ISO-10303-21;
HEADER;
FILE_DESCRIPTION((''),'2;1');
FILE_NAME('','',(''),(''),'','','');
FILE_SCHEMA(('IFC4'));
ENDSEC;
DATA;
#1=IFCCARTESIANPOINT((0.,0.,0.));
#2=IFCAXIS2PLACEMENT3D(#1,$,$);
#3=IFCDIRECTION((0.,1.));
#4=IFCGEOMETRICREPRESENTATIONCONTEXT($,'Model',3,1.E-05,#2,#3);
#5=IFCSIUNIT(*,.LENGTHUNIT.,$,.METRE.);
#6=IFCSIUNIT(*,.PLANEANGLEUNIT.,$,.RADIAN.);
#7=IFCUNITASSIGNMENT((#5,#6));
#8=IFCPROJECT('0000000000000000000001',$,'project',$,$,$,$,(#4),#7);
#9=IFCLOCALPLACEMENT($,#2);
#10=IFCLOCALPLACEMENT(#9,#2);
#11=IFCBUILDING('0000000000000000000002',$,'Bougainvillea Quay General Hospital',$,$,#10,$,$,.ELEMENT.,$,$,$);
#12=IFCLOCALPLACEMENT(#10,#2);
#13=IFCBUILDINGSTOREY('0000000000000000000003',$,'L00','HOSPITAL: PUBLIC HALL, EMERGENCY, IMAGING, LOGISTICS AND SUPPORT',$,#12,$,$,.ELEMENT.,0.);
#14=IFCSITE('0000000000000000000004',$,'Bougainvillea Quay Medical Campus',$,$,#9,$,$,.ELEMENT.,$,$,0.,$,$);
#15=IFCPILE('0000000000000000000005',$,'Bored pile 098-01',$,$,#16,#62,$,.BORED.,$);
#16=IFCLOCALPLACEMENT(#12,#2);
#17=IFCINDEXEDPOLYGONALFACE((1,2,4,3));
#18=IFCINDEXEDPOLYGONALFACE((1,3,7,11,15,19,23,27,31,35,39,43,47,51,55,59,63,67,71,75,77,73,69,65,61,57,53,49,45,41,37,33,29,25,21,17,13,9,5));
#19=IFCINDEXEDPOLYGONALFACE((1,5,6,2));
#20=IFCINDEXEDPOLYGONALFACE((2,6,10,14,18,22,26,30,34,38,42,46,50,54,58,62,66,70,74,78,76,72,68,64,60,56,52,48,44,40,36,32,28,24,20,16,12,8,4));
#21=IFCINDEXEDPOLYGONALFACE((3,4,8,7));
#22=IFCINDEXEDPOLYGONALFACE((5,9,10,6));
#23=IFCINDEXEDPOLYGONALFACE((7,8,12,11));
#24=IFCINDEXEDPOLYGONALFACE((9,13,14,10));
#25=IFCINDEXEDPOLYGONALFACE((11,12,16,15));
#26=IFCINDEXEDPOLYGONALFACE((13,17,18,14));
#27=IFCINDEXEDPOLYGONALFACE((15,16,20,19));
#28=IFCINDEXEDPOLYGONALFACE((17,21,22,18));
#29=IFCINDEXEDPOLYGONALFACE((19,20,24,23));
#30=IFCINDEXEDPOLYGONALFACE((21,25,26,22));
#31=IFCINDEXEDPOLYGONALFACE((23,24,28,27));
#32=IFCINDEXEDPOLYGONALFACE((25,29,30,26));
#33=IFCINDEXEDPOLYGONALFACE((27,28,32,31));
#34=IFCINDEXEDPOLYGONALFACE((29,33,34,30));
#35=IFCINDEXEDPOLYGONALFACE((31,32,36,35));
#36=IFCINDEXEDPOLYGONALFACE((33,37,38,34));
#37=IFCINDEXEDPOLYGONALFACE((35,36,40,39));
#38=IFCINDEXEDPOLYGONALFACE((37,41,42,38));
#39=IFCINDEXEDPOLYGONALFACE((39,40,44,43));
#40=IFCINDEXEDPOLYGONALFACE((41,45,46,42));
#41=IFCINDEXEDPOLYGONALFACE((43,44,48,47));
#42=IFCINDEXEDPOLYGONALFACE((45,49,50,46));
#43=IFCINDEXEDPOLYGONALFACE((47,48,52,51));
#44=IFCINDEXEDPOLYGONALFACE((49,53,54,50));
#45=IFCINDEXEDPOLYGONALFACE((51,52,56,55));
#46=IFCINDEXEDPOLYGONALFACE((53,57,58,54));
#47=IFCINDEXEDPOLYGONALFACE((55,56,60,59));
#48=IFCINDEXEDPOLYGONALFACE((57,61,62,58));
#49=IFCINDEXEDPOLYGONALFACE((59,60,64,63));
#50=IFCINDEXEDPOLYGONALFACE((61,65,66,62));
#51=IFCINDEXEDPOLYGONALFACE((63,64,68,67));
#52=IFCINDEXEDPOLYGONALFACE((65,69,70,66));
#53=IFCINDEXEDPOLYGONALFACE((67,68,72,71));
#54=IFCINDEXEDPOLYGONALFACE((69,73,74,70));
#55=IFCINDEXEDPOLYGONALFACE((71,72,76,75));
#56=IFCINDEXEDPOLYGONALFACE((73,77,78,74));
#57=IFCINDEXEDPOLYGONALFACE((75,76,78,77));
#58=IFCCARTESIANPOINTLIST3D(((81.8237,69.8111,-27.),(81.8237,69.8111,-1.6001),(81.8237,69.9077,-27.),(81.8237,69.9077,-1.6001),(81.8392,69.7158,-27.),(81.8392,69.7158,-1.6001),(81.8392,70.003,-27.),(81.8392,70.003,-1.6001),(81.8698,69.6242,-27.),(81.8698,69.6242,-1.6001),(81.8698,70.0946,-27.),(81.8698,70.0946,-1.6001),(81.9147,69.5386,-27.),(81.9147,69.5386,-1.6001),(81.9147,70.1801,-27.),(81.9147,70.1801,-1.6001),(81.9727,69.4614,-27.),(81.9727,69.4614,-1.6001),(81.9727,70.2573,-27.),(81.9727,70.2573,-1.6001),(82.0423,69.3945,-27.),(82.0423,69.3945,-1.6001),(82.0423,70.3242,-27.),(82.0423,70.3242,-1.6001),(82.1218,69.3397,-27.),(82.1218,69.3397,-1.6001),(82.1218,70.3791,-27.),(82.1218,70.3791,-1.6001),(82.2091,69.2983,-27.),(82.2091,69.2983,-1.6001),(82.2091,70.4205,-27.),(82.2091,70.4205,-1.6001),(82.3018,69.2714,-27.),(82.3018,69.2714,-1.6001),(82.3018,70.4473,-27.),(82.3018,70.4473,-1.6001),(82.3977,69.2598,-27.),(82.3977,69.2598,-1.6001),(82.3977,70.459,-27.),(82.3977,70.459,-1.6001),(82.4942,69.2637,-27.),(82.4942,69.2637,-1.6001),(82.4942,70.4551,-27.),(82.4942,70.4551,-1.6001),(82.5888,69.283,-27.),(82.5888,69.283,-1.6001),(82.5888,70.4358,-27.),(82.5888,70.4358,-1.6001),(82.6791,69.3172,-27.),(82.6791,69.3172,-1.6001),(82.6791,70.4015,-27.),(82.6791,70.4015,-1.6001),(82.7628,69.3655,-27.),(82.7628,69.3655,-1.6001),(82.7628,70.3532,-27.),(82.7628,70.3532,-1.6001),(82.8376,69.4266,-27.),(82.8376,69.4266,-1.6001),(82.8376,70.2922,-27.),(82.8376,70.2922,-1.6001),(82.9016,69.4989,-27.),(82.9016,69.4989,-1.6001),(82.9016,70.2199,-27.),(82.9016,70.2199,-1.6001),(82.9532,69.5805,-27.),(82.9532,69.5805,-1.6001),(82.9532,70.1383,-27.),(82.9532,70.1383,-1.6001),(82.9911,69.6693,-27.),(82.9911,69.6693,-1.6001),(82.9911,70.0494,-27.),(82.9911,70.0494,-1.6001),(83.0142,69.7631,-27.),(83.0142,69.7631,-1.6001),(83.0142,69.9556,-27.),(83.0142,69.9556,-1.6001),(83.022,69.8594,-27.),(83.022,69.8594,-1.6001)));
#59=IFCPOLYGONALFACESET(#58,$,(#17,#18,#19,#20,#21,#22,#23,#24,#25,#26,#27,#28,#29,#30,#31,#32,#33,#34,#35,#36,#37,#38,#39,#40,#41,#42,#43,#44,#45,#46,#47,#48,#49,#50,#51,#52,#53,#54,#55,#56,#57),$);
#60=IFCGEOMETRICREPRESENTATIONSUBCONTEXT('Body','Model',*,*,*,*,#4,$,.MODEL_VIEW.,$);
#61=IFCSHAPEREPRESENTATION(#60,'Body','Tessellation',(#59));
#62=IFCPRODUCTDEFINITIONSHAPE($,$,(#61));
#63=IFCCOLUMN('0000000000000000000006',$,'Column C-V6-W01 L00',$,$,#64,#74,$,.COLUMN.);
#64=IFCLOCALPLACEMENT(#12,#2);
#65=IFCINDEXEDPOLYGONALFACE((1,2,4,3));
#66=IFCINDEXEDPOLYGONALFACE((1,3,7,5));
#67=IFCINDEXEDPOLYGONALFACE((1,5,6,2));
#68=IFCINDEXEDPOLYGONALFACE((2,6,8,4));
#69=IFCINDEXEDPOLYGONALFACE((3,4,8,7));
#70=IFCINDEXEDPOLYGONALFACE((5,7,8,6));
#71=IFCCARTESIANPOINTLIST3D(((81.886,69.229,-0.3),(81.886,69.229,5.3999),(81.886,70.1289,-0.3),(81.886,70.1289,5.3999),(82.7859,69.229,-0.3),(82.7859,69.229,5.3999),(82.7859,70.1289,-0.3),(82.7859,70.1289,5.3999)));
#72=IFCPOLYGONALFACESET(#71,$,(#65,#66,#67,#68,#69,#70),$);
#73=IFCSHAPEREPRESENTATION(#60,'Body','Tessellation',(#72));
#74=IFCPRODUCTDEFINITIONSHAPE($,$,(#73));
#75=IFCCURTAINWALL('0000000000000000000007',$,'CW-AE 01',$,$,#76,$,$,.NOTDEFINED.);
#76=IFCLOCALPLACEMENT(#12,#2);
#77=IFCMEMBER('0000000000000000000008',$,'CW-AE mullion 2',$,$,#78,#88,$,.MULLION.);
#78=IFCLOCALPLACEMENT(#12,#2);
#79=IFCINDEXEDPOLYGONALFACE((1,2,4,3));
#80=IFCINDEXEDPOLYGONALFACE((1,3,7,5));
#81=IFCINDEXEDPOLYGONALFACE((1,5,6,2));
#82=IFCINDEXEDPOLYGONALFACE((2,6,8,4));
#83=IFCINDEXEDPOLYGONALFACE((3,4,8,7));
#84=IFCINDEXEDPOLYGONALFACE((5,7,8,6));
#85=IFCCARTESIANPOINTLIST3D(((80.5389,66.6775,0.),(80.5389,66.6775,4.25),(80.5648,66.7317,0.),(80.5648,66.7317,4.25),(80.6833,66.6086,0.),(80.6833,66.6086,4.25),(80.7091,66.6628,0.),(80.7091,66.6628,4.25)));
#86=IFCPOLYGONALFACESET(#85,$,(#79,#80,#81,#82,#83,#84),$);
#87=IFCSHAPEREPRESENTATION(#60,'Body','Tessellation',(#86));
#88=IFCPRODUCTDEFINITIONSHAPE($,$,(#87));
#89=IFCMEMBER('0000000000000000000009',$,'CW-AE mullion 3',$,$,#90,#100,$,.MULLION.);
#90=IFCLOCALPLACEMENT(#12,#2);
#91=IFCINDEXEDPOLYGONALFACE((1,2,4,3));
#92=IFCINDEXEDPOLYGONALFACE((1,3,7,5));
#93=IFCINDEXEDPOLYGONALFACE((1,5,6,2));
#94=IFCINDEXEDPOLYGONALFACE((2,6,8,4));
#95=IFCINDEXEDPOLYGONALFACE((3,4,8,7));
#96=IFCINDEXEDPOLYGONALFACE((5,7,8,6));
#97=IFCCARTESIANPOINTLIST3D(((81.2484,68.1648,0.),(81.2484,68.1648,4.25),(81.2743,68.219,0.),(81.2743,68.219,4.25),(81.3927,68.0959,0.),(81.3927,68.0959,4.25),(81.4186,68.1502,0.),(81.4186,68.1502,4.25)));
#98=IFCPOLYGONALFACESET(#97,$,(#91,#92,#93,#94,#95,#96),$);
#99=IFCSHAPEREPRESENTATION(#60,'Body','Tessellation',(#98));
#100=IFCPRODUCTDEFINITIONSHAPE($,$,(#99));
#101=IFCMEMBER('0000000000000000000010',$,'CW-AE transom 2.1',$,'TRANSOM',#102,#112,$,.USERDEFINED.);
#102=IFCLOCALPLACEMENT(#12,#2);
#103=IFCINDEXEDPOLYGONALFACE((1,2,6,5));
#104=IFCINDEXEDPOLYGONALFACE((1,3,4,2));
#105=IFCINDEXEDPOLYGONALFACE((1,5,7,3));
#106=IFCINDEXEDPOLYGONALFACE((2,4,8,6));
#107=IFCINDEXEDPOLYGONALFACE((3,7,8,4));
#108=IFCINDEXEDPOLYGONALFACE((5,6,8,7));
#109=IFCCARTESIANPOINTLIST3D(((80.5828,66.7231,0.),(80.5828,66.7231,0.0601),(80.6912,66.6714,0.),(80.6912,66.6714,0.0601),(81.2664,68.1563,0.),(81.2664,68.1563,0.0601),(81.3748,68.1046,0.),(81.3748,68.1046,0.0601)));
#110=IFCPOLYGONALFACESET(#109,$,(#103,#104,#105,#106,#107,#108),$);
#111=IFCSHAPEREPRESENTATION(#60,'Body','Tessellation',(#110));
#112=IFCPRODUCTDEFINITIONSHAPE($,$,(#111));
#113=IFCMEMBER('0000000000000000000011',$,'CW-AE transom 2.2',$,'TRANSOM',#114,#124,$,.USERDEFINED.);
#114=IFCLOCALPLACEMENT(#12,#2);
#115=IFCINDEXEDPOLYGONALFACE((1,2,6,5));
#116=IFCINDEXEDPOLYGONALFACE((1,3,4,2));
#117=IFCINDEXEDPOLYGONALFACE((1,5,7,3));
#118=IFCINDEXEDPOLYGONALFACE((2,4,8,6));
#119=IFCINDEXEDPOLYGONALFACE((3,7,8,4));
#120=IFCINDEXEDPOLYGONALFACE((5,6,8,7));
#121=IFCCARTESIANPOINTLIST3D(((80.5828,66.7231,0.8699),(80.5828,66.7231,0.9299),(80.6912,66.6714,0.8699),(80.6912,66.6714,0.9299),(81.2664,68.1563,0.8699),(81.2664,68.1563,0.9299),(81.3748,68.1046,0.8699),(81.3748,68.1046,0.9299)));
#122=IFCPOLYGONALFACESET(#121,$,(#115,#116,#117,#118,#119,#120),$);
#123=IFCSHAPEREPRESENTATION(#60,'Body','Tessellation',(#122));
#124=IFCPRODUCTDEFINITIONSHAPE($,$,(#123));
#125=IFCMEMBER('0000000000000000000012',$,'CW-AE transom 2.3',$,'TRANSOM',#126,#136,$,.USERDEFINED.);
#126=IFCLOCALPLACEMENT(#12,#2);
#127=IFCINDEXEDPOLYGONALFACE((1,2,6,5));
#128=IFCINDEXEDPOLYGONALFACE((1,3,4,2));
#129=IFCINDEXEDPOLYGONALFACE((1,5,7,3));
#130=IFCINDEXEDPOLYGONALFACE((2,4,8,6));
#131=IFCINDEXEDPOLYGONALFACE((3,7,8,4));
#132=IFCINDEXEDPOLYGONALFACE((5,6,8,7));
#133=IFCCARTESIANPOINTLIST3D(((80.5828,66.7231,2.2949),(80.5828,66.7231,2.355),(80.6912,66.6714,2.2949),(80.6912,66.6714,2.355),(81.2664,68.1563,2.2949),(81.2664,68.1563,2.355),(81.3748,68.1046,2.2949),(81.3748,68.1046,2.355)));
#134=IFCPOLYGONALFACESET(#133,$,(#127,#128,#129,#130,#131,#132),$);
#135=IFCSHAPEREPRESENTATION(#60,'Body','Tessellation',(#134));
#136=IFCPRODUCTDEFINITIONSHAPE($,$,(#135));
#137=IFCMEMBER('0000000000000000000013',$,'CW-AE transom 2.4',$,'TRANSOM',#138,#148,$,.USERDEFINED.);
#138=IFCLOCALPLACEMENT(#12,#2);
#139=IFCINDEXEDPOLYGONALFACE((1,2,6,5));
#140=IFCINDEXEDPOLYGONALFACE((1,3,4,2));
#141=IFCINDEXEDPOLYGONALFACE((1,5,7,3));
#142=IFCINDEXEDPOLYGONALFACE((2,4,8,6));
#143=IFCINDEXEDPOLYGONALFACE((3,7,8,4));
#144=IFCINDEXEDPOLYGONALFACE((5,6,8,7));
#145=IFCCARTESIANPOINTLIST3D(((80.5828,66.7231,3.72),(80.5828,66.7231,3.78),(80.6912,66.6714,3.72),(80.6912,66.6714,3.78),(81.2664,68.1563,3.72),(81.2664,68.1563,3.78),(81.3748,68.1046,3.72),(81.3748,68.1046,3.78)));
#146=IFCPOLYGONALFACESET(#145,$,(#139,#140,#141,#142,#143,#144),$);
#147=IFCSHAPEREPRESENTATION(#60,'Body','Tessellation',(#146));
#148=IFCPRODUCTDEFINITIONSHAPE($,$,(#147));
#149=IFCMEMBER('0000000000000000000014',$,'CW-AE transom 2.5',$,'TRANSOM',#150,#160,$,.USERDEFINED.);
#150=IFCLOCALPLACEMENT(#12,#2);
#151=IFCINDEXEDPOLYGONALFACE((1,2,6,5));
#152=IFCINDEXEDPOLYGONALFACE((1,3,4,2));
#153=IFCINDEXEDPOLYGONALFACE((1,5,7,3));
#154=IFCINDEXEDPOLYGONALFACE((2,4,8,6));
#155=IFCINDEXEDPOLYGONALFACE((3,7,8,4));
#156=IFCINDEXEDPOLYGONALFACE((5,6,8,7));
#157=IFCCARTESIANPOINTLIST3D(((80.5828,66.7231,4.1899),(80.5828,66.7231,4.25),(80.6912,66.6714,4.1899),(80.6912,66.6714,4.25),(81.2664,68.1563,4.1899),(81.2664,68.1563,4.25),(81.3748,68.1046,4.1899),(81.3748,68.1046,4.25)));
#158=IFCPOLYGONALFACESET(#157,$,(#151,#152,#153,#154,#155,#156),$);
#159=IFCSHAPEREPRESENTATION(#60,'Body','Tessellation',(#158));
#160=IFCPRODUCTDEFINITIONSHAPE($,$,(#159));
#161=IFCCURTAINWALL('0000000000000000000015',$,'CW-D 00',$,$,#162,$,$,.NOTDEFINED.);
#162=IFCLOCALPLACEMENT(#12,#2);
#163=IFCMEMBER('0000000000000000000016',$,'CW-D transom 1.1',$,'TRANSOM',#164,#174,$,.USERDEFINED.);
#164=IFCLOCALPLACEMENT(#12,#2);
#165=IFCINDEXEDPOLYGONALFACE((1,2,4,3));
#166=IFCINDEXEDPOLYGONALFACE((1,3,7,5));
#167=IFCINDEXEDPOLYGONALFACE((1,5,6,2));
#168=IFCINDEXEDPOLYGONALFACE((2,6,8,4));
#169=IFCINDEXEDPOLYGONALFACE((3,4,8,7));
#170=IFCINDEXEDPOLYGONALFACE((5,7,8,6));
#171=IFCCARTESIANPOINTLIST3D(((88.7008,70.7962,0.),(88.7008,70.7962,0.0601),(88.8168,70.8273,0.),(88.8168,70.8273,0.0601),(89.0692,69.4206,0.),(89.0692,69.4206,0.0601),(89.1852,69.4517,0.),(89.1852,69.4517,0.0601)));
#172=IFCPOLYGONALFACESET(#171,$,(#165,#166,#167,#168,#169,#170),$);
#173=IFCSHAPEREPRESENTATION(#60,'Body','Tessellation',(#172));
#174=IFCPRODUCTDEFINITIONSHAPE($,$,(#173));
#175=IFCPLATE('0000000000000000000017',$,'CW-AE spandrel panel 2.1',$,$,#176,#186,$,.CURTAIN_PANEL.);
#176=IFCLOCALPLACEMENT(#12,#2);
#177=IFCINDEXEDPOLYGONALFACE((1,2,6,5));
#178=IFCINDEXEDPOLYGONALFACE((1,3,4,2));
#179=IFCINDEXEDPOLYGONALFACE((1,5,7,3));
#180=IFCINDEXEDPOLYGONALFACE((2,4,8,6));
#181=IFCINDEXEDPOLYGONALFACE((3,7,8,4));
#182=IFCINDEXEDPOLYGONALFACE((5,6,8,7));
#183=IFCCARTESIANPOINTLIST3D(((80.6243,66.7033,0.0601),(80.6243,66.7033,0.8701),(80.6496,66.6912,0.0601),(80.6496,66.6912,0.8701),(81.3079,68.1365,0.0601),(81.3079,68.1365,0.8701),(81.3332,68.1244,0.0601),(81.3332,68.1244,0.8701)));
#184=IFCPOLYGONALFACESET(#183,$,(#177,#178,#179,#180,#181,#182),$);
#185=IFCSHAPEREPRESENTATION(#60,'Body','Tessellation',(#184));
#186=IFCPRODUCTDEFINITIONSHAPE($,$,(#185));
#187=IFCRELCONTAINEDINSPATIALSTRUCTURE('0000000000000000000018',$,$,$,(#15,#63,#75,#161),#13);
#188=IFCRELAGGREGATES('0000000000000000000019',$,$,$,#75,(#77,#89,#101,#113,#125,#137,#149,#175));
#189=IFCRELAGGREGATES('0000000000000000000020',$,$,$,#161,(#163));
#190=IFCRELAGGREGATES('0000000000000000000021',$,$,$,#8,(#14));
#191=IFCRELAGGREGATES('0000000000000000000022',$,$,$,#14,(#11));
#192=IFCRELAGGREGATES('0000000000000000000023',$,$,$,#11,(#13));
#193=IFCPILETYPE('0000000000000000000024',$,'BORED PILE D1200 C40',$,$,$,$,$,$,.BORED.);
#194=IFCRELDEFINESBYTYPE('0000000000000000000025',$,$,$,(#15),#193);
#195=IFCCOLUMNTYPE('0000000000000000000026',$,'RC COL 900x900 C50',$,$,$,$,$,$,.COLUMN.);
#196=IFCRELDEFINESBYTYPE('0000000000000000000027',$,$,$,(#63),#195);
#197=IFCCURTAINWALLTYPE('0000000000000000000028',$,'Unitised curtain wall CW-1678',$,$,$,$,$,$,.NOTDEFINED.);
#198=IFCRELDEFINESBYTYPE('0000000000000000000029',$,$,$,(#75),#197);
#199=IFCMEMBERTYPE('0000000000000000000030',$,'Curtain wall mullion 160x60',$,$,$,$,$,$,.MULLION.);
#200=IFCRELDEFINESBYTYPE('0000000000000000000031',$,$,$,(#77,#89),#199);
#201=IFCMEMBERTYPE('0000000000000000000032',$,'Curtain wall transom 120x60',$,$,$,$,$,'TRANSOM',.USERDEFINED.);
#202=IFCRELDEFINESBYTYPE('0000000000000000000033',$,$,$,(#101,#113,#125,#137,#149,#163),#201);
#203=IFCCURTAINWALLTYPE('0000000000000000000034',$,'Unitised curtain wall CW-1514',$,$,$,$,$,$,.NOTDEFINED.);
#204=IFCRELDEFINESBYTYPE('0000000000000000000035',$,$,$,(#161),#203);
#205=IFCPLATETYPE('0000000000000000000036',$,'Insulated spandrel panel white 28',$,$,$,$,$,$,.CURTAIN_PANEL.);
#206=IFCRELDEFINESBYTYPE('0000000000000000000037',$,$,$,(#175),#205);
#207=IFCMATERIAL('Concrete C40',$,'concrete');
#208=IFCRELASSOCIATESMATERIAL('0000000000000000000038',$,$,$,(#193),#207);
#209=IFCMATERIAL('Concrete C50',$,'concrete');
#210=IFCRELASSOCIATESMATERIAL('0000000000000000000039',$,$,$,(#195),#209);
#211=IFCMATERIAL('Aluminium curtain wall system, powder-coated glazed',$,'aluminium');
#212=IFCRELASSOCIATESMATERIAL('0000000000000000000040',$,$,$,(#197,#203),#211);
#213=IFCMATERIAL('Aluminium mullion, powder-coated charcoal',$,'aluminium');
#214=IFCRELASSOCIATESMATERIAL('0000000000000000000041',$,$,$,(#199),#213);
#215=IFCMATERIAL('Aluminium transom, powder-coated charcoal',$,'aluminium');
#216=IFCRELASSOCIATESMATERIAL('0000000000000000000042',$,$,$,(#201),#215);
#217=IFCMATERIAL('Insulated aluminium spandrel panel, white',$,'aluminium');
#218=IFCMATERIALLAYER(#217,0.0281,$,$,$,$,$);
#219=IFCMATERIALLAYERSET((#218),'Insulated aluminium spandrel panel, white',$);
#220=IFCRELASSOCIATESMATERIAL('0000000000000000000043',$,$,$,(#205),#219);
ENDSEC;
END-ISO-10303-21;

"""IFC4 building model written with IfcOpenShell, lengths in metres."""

from ifc_helpers import new_model, si_unit, direction, frame, origin, origin_2d, place, context, subcontext, project, spatial, rectangle, circle, extrude, material, layer, layer_set, material_profile, profile_set, type_object, element, aggregate, save


model = new_model("IFC4")

# Units and contexts
model_context = context("Model", 3, precision=1e-05, world=origin(), true_north=direction((0.0, 1.0)))
body_context = subcontext(model_context, "Body", "Model", "MODEL_VIEW")
ifc_project = project(units=[si_unit("LENGTHUNIT", "METRE"), si_unit("PLANEANGLEUNIT", "RADIAN")], contexts=[model_context])

# Site, building, storey
site_placement = place(None, origin())
site = spatial("IfcSite", under=ifc_project, at=site_placement, Name="Bougainvillea Quay Medical Campus", CompositionType="ELEMENT", RefElevation=0.0)
building_placement = place(site_placement, origin())
building = spatial("IfcBuilding", under=site, at=building_placement, Name="Bougainvillea Quay General Hospital", CompositionType="ELEMENT")
storey_placement = place(building_placement, origin())
storey = spatial("IfcBuildingStorey", under=building, at=storey_placement, Name="L00", Description="HOSPITAL: PUBLIC HALL, EMERGENCY, IMAGING, LOGISTICS AND SUPPORT", CompositionType="ELEMENT", Elevation=0.0)

# Pile
ifc_material_1 = material(Name="Concrete C40", Category="concrete")
ifc_material_profile_1 = material_profile(ifc_material_1, circle(Radius=0.6001, at=origin_2d()))
ifc_profile_set_1 = profile_set([ifc_material_profile_1], Name="Concrete C40")
pile_type = type_object("IfcPileType", Name="BORED PILE D1200 C40", PredefinedType="BORED", material=ifc_profile_set_1)
pile_placement = place(storey_placement, frame((82.4219, 69.8594, -1.6001), z_axis=(0.0, 0.0, -1.0), x_axis=(1.0, 0.0, 0.0)))
element("IfcPile", 1, at=pile_placement, inside=storey, type_object=pile_type, Name="Bored pile 098-01", PredefinedType="BORED", context=body_context, shape_type="SweptSolid", body=[
    extrude(circle(Radius=0.6001, at=origin_2d()), origin(), (0.0, 0.0, 1.0), 25.3999),
])

# Column
ifc_material_2 = material(Name="Concrete C50", Category="concrete")
ifc_material_profile_2 = material_profile(ifc_material_2, rectangle(XDim=0.8999, YDim=0.8999, at=origin_2d()))
ifc_profile_set_2 = profile_set([ifc_material_profile_2], Name="Concrete C50")
column_type = type_object("IfcColumnType", Name="RC COL 900x900 C50", PredefinedType="COLUMN", material=ifc_profile_set_2)
column_placement = place(storey_placement, frame((82.3359, 69.679, -0.3), z_axis=(0.0, 0.0, 1.0), x_axis=(1.0, 0.0, 0.0)))
element("IfcColumn", 2, at=column_placement, inside=storey, type_object=column_type, Name="Column C-V6-W01 L00", PredefinedType="COLUMN", context=body_context, shape_type="SweptSolid", body=[
    extrude(rectangle(XDim=0.8999, YDim=0.8999, at=origin_2d()), origin(), (0.0, 0.0, 1.0), 5.7),
])

# Curtain wall, members
ifc_material_3 = material(Name="Aluminium curtain wall system, powder-coated glazed", Category="aluminium")
curtain_wall_type_1 = type_object("IfcCurtainWallType", Name="Unitised curtain wall CW-1678", PredefinedType="NOTDEFINED", material=ifc_material_3)
curtain_wall_1_placement = place(storey_placement, origin())
curtain_wall_1 = element("IfcCurtainWall", 3, at=curtain_wall_1_placement, inside=storey, type_object=curtain_wall_type_1, Name="CW-AE 01", PredefinedType="NOTDEFINED")
ifc_material_4 = material(Name="Aluminium mullion, powder-coated charcoal", Category="aluminium")
ifc_material_profile_3 = material_profile(ifc_material_4, rectangle(XDim=0.1599, YDim=0.0601, at=origin_2d()))
ifc_profile_set_3 = profile_set([ifc_material_profile_3], Name="Aluminium mullion, powder-coated charcoal")
member_type_1 = type_object("IfcMemberType", Name="Curtain wall mullion 160x60", PredefinedType="MULLION", material=ifc_profile_set_3)
member_1_placement = place(storey_placement, frame((80.624, 66.6702, 0.0), z_axis=(0.0, 0.0, 1.0), x_axis=(-0.902576, 0.43053, 0.0)))
member_1 = element("IfcMember", 4, at=member_1_placement, type_object=member_type_1, Name="CW-AE mullion 2", PredefinedType="MULLION", context=body_context, shape_type="SweptSolid", body=[
    extrude(rectangle(XDim=0.1599, YDim=0.0601, at=origin_2d()), origin(), (0.0, 0.0, 1.0), 4.25),
])
member_2_placement = place(storey_placement, frame((81.3335, 68.1575, 0.0), z_axis=(0.0, 0.0, 1.0), x_axis=(-0.902576, 0.43053, 0.0)))
member_2 = element("IfcMember", 5, at=member_2_placement, type_object=member_type_1, Name="CW-AE mullion 3", PredefinedType="MULLION", context=body_context, shape_type="SweptSolid", body=[
    extrude(rectangle(XDim=0.1599, YDim=0.0601, at=origin_2d()), origin(), (0.0, 0.0, 1.0), 4.25),
])
ifc_material_5 = material(Name="Aluminium transom, powder-coated charcoal", Category="aluminium")
ifc_material_profile_4 = material_profile(ifc_material_5, rectangle(XDim=0.1201, YDim=0.0601, at=origin_2d()))
ifc_profile_set_4 = profile_set([ifc_material_profile_4], Name="Aluminium transom, powder-coated charcoal")
member_type_2 = type_object("IfcMemberType", Name="Curtain wall transom 120x60", ElementType="TRANSOM", PredefinedType="USERDEFINED", material=ifc_profile_set_4)
member_3_placement = place(storey_placement, frame((80.637, 66.6973, 0.03), z_axis=(0.43053, 0.902576, 0.0), x_axis=(-0.902576, 0.43053, 0.0)))
member_3 = element("IfcMember", 6, at=member_3_placement, type_object=member_type_2, Name="CW-AE transom 2.1", ObjectType="TRANSOM", PredefinedType="USERDEFINED", context=body_context, shape_type="SweptSolid", body=[
    extrude(rectangle(XDim=0.1201, YDim=0.0601, at=origin_2d()), origin(), (0.0, 0.0, 1.0), 1.5879),
])
member_4_placement = place(storey_placement, frame((80.637, 66.6973, 0.8999), z_axis=(0.43053, 0.902576, 0.0), x_axis=(-0.902576, 0.43053, 0.0)))
member_4 = element("IfcMember", 7, at=member_4_placement, type_object=member_type_2, Name="CW-AE transom 2.2", ObjectType="TRANSOM", PredefinedType="USERDEFINED", context=body_context, shape_type="SweptSolid", body=[
    extrude(rectangle(XDim=0.1201, YDim=0.0601, at=origin_2d()), origin(), (0.0, 0.0, 1.0), 1.5879),
])
member_5_placement = place(storey_placement, frame((80.637, 66.6973, 2.325), z_axis=(0.43053, 0.902576, 0.0), x_axis=(-0.902576, 0.43053, 0.0)))
member_5 = element("IfcMember", 8, at=member_5_placement, type_object=member_type_2, Name="CW-AE transom 2.3", ObjectType="TRANSOM", PredefinedType="USERDEFINED", context=body_context, shape_type="SweptSolid", body=[
    extrude(rectangle(XDim=0.1201, YDim=0.0601, at=origin_2d()), origin(), (0.0, 0.0, 1.0), 1.5879),
])
member_6_placement = place(storey_placement, frame((80.637, 66.6973, 3.75), z_axis=(0.43053, 0.902576, 0.0), x_axis=(-0.902576, 0.43053, 0.0)))
member_6 = element("IfcMember", 9, at=member_6_placement, type_object=member_type_2, Name="CW-AE transom 2.4", ObjectType="TRANSOM", PredefinedType="USERDEFINED", context=body_context, shape_type="SweptSolid", body=[
    extrude(rectangle(XDim=0.1201, YDim=0.0601, at=origin_2d()), origin(), (0.0, 0.0, 1.0), 1.5879),
])
member_7_placement = place(storey_placement, frame((80.637, 66.6973, 4.22), z_axis=(0.43053, 0.902576, 0.0), x_axis=(-0.902576, 0.43053, 0.0)))
member_7 = element("IfcMember", 10, at=member_7_placement, type_object=member_type_2, Name="CW-AE transom 2.5", ObjectType="TRANSOM", PredefinedType="USERDEFINED", context=body_context, shape_type="SweptSolid", body=[
    extrude(rectangle(XDim=0.1201, YDim=0.0601, at=origin_2d()), origin(), (0.0, 0.0, 1.0), 1.5879),
])

# Curtain wall, member
curtain_wall_type_2 = type_object("IfcCurtainWallType", Name="Unitised curtain wall CW-1514", PredefinedType="NOTDEFINED", material=ifc_material_3)
curtain_wall_2_placement = place(storey_placement, origin())
curtain_wall_2 = element("IfcCurtainWall", 11, at=curtain_wall_2_placement, inside=storey, type_object=curtain_wall_type_2, Name="CW-D 00", PredefinedType="NOTDEFINED")
member_8_placement = place(storey_placement, frame((88.7588, 70.8118, 0.03), z_axis=(0.258719, -0.965953, 0.0), x_axis=(0.965953, 0.258719, 0.0)))
member_8 = element("IfcMember", 12, at=member_8_placement, type_object=member_type_2, Name="CW-D transom 1.1", ObjectType="TRANSOM", PredefinedType="USERDEFINED", context=body_context, shape_type="SweptSolid", body=[
    extrude(rectangle(XDim=0.1201, YDim=0.0601, at=origin_2d()), origin(), (0.0, 0.0, 1.0), 1.4241),
])

# Plate
ifc_material_6 = material(Name="Insulated aluminium spandrel panel, white", Category="aluminium")
ifc_layer_1 = layer(ifc_material_6, 0.0281)
ifc_layer_set_1 = layer_set([ifc_layer_1], Name="Insulated aluminium spandrel panel, white")
plate_type_1 = type_object("IfcPlateType", Name="Insulated spandrel panel white 28", PredefinedType="CURTAIN_PANEL", material=ifc_layer_set_1)
plate_1_placement = place(storey_placement, frame((80.9788, 67.4138, 0.0601), z_axis=(0.0, 0.0, 1.0), x_axis=(0.43053, 0.902576, 0.0)))
plate_1 = element("IfcPlate", 13, at=plate_1_placement, type_object=plate_type_1, Name="CW-AE spandrel panel 2.1", PredefinedType="CURTAIN_PANEL", context=body_context, shape_type="SweptSolid", body=[
    extrude(rectangle(XDim=1.5879, YDim=0.0281, at=origin_2d()), origin(), (0.0, 0.0, 1.0), 0.8101),
])
aggregate(curtain_wall_1, [member_1, member_2, member_3, member_4, member_5, member_6, member_7, plate_1])
aggregate(curtain_wall_2, [member_8])

save(model, "model.ifc")
